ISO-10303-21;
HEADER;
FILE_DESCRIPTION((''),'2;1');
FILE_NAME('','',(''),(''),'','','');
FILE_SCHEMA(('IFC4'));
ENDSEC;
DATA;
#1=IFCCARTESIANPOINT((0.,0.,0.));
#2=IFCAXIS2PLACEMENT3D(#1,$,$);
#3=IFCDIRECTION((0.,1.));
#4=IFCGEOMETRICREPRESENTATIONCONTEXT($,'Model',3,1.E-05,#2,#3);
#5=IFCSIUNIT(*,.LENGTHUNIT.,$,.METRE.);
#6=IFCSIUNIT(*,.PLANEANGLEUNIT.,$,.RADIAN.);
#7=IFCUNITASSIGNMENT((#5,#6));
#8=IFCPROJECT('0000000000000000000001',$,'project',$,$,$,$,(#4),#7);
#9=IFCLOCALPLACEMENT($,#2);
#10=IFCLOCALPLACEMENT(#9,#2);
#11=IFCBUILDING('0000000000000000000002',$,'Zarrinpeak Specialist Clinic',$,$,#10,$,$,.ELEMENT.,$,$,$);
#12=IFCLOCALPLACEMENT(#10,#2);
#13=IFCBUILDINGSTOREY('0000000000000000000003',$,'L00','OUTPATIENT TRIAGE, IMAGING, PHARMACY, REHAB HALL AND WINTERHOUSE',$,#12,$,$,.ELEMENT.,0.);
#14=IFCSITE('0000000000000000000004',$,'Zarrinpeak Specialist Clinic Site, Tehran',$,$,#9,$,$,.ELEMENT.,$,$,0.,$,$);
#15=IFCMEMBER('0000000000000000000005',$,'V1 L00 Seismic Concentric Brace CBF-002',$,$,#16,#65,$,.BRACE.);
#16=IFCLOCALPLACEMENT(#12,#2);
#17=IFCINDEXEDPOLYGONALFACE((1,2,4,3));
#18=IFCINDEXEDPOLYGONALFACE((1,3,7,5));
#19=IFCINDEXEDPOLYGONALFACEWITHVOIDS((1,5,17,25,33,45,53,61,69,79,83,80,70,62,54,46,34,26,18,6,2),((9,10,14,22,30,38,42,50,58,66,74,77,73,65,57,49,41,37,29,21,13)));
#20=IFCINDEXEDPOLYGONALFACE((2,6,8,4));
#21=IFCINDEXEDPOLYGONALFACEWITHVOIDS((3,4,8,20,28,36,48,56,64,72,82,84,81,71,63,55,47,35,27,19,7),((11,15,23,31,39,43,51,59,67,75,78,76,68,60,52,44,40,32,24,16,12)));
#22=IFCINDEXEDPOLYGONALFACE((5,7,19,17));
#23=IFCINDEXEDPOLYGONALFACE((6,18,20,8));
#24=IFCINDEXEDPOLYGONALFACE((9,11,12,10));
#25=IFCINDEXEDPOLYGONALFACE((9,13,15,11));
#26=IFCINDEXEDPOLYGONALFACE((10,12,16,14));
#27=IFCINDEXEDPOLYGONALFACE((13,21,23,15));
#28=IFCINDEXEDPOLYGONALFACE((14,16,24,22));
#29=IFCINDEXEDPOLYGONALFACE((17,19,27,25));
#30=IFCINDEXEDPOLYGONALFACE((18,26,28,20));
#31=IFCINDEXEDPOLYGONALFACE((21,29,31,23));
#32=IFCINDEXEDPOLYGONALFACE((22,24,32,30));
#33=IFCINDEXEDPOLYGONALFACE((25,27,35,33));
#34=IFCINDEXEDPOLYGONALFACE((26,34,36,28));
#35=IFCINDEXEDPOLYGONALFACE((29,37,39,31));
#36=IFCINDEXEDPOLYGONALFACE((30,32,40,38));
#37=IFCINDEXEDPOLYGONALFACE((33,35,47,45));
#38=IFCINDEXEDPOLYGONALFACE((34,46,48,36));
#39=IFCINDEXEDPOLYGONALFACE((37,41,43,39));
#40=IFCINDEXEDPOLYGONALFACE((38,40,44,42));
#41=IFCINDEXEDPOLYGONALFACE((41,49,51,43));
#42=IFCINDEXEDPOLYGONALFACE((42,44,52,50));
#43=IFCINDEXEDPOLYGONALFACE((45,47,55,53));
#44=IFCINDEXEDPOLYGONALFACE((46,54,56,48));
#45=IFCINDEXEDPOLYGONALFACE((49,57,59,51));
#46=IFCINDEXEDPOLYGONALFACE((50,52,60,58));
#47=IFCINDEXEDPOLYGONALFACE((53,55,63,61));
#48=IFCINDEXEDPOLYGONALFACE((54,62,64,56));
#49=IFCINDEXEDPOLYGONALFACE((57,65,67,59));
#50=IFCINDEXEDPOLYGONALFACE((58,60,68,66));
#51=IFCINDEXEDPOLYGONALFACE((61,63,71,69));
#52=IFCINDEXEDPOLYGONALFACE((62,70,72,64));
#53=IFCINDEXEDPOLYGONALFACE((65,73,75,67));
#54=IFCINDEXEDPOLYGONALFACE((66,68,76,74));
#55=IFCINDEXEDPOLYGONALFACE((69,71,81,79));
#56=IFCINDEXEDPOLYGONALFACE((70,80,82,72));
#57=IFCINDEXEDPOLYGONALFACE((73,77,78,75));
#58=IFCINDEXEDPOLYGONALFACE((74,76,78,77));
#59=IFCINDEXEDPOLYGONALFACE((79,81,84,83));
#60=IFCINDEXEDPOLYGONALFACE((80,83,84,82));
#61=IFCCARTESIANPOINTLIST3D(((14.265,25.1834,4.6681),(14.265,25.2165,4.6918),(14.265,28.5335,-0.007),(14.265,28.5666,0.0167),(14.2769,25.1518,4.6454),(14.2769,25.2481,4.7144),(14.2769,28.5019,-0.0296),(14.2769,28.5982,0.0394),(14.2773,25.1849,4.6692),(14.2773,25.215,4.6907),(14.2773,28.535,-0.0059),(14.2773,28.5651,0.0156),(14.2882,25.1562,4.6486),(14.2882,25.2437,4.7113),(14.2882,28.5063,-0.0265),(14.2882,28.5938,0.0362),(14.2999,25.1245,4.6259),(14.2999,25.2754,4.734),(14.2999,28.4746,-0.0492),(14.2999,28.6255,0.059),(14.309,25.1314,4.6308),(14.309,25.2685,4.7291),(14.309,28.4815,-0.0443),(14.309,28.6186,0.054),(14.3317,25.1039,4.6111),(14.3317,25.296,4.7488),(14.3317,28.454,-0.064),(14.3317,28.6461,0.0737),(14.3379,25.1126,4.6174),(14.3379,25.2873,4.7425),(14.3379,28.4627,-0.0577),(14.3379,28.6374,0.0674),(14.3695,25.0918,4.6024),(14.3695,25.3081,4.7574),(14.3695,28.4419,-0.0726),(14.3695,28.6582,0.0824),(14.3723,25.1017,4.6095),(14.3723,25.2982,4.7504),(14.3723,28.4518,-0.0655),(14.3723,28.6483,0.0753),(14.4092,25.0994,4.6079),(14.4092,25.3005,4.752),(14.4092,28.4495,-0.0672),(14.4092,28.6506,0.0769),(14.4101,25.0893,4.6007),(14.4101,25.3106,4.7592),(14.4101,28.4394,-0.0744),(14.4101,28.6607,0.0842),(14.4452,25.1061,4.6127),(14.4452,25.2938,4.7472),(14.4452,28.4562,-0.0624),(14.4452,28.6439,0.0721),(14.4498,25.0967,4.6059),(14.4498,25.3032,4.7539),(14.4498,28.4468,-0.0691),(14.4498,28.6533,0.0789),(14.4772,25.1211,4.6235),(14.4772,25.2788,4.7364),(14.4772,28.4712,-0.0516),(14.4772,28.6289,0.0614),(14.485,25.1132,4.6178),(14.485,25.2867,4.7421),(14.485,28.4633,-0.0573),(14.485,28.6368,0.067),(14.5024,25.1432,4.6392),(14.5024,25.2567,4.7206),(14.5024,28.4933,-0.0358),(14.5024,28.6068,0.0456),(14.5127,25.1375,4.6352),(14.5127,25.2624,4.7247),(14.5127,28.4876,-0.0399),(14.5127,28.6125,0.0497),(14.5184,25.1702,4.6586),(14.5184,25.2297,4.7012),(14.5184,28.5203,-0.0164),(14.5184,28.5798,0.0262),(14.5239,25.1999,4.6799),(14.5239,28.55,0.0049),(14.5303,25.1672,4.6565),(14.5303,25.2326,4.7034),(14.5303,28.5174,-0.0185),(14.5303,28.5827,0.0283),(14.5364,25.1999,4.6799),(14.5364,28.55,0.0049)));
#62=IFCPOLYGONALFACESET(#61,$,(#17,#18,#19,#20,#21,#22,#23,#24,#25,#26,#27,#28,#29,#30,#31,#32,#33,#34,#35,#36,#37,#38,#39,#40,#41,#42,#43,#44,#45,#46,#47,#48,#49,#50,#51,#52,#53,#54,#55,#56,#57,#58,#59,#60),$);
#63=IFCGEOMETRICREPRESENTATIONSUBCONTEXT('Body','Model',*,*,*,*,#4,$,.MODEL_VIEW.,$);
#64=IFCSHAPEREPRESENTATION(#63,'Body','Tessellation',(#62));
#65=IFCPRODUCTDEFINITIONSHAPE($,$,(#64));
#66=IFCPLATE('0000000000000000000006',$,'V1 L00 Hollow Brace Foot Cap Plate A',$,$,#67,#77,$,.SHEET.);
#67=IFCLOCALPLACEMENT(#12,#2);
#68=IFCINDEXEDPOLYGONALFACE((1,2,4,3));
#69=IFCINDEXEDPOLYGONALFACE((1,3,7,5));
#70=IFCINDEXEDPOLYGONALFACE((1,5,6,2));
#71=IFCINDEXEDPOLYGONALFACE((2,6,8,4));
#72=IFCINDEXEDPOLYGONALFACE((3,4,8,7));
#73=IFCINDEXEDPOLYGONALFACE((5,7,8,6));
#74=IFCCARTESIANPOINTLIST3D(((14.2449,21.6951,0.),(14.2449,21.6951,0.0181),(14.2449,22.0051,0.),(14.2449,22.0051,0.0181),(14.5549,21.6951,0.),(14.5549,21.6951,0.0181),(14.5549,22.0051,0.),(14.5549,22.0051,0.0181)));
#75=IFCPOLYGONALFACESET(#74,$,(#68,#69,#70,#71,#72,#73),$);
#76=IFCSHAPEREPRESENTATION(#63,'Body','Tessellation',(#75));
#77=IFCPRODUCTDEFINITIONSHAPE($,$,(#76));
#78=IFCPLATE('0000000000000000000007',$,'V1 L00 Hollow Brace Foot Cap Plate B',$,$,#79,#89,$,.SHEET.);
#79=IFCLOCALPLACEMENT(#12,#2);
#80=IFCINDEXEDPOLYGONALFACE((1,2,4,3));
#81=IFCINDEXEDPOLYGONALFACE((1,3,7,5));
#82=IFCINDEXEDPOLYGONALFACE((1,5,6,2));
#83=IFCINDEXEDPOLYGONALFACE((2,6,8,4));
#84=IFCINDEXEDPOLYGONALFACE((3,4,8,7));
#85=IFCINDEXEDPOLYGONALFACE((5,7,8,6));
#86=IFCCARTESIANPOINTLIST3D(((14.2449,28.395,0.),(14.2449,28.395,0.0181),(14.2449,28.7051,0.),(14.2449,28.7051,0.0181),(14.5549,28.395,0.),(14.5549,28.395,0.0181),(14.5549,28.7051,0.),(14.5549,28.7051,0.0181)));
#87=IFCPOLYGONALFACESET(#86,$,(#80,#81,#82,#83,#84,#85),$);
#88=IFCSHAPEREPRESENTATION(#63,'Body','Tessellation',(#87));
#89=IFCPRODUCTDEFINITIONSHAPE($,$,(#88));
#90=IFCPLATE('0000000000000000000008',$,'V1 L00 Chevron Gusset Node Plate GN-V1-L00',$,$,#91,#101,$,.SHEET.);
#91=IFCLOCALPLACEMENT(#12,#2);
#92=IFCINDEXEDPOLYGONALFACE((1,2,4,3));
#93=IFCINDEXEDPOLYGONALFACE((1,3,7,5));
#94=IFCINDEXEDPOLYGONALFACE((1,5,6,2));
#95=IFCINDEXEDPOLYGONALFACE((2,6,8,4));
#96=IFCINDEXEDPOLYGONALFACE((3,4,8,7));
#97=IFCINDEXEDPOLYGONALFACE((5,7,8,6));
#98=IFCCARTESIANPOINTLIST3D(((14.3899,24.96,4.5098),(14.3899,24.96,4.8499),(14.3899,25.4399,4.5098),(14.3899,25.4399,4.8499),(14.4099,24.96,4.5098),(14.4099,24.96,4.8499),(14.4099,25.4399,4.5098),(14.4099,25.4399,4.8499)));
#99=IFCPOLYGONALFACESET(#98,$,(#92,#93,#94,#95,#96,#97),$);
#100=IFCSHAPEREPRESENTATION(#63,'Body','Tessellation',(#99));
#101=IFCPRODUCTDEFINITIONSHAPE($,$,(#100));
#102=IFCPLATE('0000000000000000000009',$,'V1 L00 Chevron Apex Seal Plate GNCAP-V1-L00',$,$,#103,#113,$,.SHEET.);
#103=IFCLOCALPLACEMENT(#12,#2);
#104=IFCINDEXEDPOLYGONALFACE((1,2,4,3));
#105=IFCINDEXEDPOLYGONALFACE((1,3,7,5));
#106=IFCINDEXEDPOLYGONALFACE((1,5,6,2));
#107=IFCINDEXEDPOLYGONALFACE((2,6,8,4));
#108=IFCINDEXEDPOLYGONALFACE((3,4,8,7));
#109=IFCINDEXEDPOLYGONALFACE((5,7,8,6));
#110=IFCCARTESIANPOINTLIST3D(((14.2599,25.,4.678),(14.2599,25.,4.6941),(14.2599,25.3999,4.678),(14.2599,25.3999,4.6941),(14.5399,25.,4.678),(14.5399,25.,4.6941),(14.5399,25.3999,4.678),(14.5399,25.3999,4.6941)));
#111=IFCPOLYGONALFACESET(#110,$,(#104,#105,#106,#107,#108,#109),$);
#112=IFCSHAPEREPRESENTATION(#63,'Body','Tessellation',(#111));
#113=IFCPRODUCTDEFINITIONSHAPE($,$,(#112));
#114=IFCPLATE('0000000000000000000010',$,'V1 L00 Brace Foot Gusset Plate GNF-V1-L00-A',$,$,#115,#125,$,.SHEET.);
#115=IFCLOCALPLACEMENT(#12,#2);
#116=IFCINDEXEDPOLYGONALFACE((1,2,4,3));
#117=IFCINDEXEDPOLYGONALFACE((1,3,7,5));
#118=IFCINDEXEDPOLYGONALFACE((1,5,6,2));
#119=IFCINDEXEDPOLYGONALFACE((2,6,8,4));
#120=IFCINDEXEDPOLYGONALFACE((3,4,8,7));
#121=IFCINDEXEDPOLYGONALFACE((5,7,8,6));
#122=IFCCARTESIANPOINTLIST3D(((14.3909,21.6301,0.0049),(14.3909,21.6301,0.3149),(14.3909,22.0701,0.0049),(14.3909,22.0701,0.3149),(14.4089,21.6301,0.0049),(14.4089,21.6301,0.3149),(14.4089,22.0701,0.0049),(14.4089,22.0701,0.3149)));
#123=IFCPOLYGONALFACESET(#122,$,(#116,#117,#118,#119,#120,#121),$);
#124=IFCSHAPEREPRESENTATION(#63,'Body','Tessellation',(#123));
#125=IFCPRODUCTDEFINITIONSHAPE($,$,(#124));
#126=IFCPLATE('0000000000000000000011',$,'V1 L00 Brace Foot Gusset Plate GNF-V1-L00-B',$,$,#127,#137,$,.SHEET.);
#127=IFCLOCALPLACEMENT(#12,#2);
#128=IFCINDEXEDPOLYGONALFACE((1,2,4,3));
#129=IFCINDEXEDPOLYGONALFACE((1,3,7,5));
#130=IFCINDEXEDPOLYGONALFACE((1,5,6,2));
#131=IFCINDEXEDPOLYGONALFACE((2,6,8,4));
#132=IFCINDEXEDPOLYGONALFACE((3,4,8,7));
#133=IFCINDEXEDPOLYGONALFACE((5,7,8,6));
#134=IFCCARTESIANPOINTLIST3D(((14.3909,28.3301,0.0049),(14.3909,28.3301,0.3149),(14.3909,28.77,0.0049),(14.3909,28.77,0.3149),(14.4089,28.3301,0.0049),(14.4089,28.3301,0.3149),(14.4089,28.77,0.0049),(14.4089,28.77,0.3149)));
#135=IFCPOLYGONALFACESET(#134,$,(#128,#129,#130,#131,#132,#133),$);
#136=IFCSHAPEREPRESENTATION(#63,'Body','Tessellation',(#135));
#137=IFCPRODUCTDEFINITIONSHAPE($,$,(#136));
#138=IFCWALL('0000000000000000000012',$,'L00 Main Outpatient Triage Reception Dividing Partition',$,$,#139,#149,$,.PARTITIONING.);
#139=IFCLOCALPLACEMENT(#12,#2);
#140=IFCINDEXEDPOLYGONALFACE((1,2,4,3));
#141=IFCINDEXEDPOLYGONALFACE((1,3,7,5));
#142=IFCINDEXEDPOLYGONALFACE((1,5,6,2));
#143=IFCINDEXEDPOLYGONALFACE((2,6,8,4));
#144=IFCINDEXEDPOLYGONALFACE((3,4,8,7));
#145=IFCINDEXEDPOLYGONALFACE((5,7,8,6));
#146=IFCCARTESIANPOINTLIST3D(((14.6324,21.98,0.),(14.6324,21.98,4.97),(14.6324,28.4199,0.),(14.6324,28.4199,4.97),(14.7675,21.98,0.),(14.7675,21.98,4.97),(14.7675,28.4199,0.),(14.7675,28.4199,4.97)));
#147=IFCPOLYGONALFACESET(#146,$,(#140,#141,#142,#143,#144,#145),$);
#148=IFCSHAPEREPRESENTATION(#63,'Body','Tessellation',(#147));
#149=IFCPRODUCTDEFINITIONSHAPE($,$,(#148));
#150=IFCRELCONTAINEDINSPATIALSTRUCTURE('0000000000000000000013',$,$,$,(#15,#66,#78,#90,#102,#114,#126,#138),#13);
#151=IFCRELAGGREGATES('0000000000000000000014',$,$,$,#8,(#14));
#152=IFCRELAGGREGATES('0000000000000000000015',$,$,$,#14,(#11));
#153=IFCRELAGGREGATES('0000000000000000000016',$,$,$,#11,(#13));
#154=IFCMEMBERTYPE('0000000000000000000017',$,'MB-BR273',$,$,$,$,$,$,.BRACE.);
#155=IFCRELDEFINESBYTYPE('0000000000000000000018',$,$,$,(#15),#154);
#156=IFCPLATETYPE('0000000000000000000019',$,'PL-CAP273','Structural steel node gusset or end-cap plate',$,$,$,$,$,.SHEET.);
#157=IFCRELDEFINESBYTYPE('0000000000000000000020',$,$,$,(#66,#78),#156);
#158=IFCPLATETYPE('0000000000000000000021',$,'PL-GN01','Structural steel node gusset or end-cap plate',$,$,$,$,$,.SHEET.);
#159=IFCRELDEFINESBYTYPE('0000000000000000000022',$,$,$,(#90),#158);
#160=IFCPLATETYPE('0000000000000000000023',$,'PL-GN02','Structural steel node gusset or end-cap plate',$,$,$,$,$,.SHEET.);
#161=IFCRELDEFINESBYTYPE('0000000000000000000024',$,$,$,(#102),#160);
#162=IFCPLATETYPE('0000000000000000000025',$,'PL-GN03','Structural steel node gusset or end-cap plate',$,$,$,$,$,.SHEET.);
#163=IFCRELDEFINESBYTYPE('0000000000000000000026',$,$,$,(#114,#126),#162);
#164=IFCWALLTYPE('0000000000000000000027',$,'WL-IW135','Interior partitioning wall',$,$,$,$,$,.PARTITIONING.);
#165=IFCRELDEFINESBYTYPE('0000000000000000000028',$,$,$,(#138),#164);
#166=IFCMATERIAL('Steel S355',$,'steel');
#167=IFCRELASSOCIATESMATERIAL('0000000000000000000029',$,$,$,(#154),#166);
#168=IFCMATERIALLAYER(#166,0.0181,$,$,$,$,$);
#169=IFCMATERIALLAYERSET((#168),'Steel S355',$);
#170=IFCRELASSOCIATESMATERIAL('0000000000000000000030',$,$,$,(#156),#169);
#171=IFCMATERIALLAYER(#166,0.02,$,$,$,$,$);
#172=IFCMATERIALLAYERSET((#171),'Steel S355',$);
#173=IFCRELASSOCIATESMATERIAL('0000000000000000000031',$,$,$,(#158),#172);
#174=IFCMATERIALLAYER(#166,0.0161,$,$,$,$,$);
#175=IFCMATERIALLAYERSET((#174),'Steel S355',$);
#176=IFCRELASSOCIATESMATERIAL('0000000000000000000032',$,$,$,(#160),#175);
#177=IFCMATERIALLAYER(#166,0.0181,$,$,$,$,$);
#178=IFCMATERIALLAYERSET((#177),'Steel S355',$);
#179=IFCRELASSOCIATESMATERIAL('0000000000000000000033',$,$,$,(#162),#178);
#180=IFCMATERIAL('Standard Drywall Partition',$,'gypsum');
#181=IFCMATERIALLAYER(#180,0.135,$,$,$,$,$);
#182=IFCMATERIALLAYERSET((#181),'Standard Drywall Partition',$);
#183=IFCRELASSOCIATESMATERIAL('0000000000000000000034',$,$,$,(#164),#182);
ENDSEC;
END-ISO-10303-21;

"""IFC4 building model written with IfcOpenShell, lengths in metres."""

from ifc_helpers import new_model, si_unit, direction, frame, frame_2d, origin, origin_2d, place, context, subcontext, project, spatial, rectangle, hollow_circle, extrude, material, layer, layer_set, material_profile, profile_set, type_object, element, save


model = new_model("IFC4")

# Units and contexts
model_context = context("Model", 3, precision=1e-05, world=origin(), true_north=direction((0.0, 1.0)))
body_context = subcontext(model_context, "Body", "Model", "MODEL_VIEW")
ifc_project = project(units=[si_unit("LENGTHUNIT", "METRE"), si_unit("PLANEANGLEUNIT", "RADIAN")], contexts=[model_context])

# Site, building, storey
site_placement = place(None, origin())
site = spatial("IfcSite", under=ifc_project, at=site_placement, Name="Zarrinpeak Specialist Clinic Site, Tehran", CompositionType="ELEMENT", RefElevation=0.0)
building_placement = place(site_placement, origin())
building = spatial("IfcBuilding", under=site, at=building_placement, Name="Zarrinpeak Specialist Clinic", CompositionType="ELEMENT")
storey_placement = place(building_placement, origin())
storey = spatial("IfcBuildingStorey", under=building, at=storey_placement, Name="L00", Description="OUTPATIENT TRIAGE, IMAGING, PHARMACY, REHAB HALL AND WINTERHOUSE", CompositionType="ELEMENT", Elevation=0.0)

# Shared definitions
ifc_material_1 = material(Name="Steel S355", Category="steel")

# Member
ifc_material_profile_1 = material_profile(ifc_material_1, hollow_circle(Radius=0.1365, WallThickness=0.0125, at=origin_2d()), Name="CHS 273.0x12.5")
ifc_profile_set_1 = profile_set([ifc_material_profile_1], Name="Steel S355")
member_type = type_object("IfcMemberType", Name="MB-BR273", PredefinedType="BRACE", material=ifc_profile_set_1)
member_1_placement = place(storey_placement, frame((14.3999, 28.55, 0.0049), z_axis=(0.0, -0.582478, 0.812846), x_axis=(1.0, 0.0, 0.0)))
element("IfcMember", 1, at=member_1_placement, inside=storey, type_object=member_type, Name="V1 L00 Seismic Concentric Brace CBF-002", PredefinedType="BRACE", context=body_context, shape_type="SweptSolid", body=[
    extrude(hollow_circle(Radius=0.1365, WallThickness=0.0125, at=origin_2d()), origin(), (0.0, 0.0, 1.0), 5.7515),
])

# Plates
ifc_layer_1 = layer(ifc_material_1, 0.0181)
ifc_layer_set_1 = layer_set([ifc_layer_1], Name="Steel S355")
plate_type_1 = type_object("IfcPlateType", Name="PL-CAP273", Description="Structural steel node gusset or end-cap plate", PredefinedType="SHEET", material=ifc_layer_set_1)
for number, where, z_axis, x_axis, name in (
    (2, (14.3999, 21.8501, 0.0), (0.0, 0.0, 1.0), (1.0, 0.0, 0.0), "V1 L00 Hollow Brace Foot Cap Plate A"),
    (3, (14.3999, 28.55, 0.0), (0.0, 0.0, 1.0), (1.0, 0.0, 0.0), "V1 L00 Hollow Brace Foot Cap Plate B"),
):
    element("IfcPlate", number, at=place(storey_placement, frame(where, z_axis=z_axis, x_axis=x_axis)), inside=storey, type_object=plate_type_1, Name=name, PredefinedType="SHEET", context=body_context, shape_type="SweptSolid", body=[
        extrude(rectangle(XDim=0.3101, YDim=0.3101, at=origin_2d()), origin(), (0.0, 0.0, 1.0), 0.0181),
    ])
ifc_layer_2 = layer(ifc_material_1, 0.02)
ifc_layer_set_2 = layer_set([ifc_layer_2], Name="Steel S355")
plate_type_2 = type_object("IfcPlateType", Name="PL-GN01", Description="Structural steel node gusset or end-cap plate", PredefinedType="SHEET", material=ifc_layer_set_2)
plate_1_placement = place(storey_placement, frame((14.3999, 25.2, 4.5098), z_axis=(0.0, 0.0, 1.0), x_axis=(1.0, 0.0, 0.0)))
element("IfcPlate", 4, at=plate_1_placement, inside=storey, type_object=plate_type_2, Name="V1 L00 Chevron Gusset Node Plate GN-V1-L00", PredefinedType="SHEET", context=body_context, shape_type="SweptSolid", body=[
    extrude(rectangle(XDim=0.02, YDim=0.48, at=origin_2d()), origin(), (0.0, 0.0, 1.0), 0.3401),
])
ifc_layer_3 = layer(ifc_material_1, 0.0161)
ifc_layer_set_3 = layer_set([ifc_layer_3], Name="Steel S355")
plate_type_3 = type_object("IfcPlateType", Name="PL-GN02", Description="Structural steel node gusset or end-cap plate", PredefinedType="SHEET", material=ifc_layer_set_3)
plate_2_placement = place(storey_placement, frame((14.3999, 25.2, 4.678), z_axis=(0.0, 0.0, 1.0), x_axis=(1.0, 0.0, 0.0)))
element("IfcPlate", 5, at=plate_2_placement, inside=storey, type_object=plate_type_3, Name="V1 L00 Chevron Apex Seal Plate GNCAP-V1-L00", PredefinedType="SHEET", context=body_context, shape_type="SweptSolid", body=[
    extrude(rectangle(XDim=0.28, YDim=0.3999, at=origin_2d()), origin(), (0.0, 0.0, 1.0), 0.0161),
])
ifc_layer_4 = layer(ifc_material_1, 0.0181)
ifc_layer_set_4 = layer_set([ifc_layer_4], Name="Steel S355")
plate_type_4 = type_object("IfcPlateType", Name="PL-GN03", Description="Structural steel node gusset or end-cap plate", PredefinedType="SHEET", material=ifc_layer_set_4)
for number, where, z_axis, x_axis, name in (
    (6, (14.3999, 21.8501, 0.0049), (0.0, 0.0, 1.0), (1.0, 0.0, 0.0), "V1 L00 Brace Foot Gusset Plate GNF-V1-L00-A"),
    (7, (14.3999, 28.55, 0.0049), (0.0, 0.0, 1.0), (1.0, 0.0, 0.0), "V1 L00 Brace Foot Gusset Plate GNF-V1-L00-B"),
):
    element("IfcPlate", number, at=place(storey_placement, frame(where, z_axis=z_axis, x_axis=x_axis)), inside=storey, type_object=plate_type_4, Name=name, PredefinedType="SHEET", context=body_context, shape_type="SweptSolid", body=[
        extrude(rectangle(XDim=0.0181, YDim=0.4399, at=origin_2d()), origin(), (0.0, 0.0, 1.0), 0.3101),
    ])

# Wall
ifc_material_2 = material(Name="Standard Drywall Partition", Category="gypsum")
ifc_layer_5 = layer(ifc_material_2, 0.135)
ifc_layer_set_5 = layer_set([ifc_layer_5], Name="Standard Drywall Partition")
wall_type_1 = type_object("IfcWallType", Name="WL-IW135", Description="Interior partitioning wall", PredefinedType="PARTITIONING", material=ifc_layer_set_5)
wall_1_placement = place(storey_placement, frame((14.7, 21.98, 0.0), z_axis=(0.0, 0.0, 1.0), x_axis=(0.0, 1.0, 0.0)))
element("IfcWall", 8, at=wall_1_placement, inside=storey, type_object=wall_type_1, Name="L00 Main Outpatient Triage Reception Dividing Partition", PredefinedType="PARTITIONING", context=body_context, shape_type="SweptSolid", body=[
    extrude(rectangle(XDim=6.4399, YDim=0.135, at=frame_2d((3.22, 0.0))), origin(), (0.0, 0.0, 1.0), 4.97),
])

save(model, "model.ifc")
